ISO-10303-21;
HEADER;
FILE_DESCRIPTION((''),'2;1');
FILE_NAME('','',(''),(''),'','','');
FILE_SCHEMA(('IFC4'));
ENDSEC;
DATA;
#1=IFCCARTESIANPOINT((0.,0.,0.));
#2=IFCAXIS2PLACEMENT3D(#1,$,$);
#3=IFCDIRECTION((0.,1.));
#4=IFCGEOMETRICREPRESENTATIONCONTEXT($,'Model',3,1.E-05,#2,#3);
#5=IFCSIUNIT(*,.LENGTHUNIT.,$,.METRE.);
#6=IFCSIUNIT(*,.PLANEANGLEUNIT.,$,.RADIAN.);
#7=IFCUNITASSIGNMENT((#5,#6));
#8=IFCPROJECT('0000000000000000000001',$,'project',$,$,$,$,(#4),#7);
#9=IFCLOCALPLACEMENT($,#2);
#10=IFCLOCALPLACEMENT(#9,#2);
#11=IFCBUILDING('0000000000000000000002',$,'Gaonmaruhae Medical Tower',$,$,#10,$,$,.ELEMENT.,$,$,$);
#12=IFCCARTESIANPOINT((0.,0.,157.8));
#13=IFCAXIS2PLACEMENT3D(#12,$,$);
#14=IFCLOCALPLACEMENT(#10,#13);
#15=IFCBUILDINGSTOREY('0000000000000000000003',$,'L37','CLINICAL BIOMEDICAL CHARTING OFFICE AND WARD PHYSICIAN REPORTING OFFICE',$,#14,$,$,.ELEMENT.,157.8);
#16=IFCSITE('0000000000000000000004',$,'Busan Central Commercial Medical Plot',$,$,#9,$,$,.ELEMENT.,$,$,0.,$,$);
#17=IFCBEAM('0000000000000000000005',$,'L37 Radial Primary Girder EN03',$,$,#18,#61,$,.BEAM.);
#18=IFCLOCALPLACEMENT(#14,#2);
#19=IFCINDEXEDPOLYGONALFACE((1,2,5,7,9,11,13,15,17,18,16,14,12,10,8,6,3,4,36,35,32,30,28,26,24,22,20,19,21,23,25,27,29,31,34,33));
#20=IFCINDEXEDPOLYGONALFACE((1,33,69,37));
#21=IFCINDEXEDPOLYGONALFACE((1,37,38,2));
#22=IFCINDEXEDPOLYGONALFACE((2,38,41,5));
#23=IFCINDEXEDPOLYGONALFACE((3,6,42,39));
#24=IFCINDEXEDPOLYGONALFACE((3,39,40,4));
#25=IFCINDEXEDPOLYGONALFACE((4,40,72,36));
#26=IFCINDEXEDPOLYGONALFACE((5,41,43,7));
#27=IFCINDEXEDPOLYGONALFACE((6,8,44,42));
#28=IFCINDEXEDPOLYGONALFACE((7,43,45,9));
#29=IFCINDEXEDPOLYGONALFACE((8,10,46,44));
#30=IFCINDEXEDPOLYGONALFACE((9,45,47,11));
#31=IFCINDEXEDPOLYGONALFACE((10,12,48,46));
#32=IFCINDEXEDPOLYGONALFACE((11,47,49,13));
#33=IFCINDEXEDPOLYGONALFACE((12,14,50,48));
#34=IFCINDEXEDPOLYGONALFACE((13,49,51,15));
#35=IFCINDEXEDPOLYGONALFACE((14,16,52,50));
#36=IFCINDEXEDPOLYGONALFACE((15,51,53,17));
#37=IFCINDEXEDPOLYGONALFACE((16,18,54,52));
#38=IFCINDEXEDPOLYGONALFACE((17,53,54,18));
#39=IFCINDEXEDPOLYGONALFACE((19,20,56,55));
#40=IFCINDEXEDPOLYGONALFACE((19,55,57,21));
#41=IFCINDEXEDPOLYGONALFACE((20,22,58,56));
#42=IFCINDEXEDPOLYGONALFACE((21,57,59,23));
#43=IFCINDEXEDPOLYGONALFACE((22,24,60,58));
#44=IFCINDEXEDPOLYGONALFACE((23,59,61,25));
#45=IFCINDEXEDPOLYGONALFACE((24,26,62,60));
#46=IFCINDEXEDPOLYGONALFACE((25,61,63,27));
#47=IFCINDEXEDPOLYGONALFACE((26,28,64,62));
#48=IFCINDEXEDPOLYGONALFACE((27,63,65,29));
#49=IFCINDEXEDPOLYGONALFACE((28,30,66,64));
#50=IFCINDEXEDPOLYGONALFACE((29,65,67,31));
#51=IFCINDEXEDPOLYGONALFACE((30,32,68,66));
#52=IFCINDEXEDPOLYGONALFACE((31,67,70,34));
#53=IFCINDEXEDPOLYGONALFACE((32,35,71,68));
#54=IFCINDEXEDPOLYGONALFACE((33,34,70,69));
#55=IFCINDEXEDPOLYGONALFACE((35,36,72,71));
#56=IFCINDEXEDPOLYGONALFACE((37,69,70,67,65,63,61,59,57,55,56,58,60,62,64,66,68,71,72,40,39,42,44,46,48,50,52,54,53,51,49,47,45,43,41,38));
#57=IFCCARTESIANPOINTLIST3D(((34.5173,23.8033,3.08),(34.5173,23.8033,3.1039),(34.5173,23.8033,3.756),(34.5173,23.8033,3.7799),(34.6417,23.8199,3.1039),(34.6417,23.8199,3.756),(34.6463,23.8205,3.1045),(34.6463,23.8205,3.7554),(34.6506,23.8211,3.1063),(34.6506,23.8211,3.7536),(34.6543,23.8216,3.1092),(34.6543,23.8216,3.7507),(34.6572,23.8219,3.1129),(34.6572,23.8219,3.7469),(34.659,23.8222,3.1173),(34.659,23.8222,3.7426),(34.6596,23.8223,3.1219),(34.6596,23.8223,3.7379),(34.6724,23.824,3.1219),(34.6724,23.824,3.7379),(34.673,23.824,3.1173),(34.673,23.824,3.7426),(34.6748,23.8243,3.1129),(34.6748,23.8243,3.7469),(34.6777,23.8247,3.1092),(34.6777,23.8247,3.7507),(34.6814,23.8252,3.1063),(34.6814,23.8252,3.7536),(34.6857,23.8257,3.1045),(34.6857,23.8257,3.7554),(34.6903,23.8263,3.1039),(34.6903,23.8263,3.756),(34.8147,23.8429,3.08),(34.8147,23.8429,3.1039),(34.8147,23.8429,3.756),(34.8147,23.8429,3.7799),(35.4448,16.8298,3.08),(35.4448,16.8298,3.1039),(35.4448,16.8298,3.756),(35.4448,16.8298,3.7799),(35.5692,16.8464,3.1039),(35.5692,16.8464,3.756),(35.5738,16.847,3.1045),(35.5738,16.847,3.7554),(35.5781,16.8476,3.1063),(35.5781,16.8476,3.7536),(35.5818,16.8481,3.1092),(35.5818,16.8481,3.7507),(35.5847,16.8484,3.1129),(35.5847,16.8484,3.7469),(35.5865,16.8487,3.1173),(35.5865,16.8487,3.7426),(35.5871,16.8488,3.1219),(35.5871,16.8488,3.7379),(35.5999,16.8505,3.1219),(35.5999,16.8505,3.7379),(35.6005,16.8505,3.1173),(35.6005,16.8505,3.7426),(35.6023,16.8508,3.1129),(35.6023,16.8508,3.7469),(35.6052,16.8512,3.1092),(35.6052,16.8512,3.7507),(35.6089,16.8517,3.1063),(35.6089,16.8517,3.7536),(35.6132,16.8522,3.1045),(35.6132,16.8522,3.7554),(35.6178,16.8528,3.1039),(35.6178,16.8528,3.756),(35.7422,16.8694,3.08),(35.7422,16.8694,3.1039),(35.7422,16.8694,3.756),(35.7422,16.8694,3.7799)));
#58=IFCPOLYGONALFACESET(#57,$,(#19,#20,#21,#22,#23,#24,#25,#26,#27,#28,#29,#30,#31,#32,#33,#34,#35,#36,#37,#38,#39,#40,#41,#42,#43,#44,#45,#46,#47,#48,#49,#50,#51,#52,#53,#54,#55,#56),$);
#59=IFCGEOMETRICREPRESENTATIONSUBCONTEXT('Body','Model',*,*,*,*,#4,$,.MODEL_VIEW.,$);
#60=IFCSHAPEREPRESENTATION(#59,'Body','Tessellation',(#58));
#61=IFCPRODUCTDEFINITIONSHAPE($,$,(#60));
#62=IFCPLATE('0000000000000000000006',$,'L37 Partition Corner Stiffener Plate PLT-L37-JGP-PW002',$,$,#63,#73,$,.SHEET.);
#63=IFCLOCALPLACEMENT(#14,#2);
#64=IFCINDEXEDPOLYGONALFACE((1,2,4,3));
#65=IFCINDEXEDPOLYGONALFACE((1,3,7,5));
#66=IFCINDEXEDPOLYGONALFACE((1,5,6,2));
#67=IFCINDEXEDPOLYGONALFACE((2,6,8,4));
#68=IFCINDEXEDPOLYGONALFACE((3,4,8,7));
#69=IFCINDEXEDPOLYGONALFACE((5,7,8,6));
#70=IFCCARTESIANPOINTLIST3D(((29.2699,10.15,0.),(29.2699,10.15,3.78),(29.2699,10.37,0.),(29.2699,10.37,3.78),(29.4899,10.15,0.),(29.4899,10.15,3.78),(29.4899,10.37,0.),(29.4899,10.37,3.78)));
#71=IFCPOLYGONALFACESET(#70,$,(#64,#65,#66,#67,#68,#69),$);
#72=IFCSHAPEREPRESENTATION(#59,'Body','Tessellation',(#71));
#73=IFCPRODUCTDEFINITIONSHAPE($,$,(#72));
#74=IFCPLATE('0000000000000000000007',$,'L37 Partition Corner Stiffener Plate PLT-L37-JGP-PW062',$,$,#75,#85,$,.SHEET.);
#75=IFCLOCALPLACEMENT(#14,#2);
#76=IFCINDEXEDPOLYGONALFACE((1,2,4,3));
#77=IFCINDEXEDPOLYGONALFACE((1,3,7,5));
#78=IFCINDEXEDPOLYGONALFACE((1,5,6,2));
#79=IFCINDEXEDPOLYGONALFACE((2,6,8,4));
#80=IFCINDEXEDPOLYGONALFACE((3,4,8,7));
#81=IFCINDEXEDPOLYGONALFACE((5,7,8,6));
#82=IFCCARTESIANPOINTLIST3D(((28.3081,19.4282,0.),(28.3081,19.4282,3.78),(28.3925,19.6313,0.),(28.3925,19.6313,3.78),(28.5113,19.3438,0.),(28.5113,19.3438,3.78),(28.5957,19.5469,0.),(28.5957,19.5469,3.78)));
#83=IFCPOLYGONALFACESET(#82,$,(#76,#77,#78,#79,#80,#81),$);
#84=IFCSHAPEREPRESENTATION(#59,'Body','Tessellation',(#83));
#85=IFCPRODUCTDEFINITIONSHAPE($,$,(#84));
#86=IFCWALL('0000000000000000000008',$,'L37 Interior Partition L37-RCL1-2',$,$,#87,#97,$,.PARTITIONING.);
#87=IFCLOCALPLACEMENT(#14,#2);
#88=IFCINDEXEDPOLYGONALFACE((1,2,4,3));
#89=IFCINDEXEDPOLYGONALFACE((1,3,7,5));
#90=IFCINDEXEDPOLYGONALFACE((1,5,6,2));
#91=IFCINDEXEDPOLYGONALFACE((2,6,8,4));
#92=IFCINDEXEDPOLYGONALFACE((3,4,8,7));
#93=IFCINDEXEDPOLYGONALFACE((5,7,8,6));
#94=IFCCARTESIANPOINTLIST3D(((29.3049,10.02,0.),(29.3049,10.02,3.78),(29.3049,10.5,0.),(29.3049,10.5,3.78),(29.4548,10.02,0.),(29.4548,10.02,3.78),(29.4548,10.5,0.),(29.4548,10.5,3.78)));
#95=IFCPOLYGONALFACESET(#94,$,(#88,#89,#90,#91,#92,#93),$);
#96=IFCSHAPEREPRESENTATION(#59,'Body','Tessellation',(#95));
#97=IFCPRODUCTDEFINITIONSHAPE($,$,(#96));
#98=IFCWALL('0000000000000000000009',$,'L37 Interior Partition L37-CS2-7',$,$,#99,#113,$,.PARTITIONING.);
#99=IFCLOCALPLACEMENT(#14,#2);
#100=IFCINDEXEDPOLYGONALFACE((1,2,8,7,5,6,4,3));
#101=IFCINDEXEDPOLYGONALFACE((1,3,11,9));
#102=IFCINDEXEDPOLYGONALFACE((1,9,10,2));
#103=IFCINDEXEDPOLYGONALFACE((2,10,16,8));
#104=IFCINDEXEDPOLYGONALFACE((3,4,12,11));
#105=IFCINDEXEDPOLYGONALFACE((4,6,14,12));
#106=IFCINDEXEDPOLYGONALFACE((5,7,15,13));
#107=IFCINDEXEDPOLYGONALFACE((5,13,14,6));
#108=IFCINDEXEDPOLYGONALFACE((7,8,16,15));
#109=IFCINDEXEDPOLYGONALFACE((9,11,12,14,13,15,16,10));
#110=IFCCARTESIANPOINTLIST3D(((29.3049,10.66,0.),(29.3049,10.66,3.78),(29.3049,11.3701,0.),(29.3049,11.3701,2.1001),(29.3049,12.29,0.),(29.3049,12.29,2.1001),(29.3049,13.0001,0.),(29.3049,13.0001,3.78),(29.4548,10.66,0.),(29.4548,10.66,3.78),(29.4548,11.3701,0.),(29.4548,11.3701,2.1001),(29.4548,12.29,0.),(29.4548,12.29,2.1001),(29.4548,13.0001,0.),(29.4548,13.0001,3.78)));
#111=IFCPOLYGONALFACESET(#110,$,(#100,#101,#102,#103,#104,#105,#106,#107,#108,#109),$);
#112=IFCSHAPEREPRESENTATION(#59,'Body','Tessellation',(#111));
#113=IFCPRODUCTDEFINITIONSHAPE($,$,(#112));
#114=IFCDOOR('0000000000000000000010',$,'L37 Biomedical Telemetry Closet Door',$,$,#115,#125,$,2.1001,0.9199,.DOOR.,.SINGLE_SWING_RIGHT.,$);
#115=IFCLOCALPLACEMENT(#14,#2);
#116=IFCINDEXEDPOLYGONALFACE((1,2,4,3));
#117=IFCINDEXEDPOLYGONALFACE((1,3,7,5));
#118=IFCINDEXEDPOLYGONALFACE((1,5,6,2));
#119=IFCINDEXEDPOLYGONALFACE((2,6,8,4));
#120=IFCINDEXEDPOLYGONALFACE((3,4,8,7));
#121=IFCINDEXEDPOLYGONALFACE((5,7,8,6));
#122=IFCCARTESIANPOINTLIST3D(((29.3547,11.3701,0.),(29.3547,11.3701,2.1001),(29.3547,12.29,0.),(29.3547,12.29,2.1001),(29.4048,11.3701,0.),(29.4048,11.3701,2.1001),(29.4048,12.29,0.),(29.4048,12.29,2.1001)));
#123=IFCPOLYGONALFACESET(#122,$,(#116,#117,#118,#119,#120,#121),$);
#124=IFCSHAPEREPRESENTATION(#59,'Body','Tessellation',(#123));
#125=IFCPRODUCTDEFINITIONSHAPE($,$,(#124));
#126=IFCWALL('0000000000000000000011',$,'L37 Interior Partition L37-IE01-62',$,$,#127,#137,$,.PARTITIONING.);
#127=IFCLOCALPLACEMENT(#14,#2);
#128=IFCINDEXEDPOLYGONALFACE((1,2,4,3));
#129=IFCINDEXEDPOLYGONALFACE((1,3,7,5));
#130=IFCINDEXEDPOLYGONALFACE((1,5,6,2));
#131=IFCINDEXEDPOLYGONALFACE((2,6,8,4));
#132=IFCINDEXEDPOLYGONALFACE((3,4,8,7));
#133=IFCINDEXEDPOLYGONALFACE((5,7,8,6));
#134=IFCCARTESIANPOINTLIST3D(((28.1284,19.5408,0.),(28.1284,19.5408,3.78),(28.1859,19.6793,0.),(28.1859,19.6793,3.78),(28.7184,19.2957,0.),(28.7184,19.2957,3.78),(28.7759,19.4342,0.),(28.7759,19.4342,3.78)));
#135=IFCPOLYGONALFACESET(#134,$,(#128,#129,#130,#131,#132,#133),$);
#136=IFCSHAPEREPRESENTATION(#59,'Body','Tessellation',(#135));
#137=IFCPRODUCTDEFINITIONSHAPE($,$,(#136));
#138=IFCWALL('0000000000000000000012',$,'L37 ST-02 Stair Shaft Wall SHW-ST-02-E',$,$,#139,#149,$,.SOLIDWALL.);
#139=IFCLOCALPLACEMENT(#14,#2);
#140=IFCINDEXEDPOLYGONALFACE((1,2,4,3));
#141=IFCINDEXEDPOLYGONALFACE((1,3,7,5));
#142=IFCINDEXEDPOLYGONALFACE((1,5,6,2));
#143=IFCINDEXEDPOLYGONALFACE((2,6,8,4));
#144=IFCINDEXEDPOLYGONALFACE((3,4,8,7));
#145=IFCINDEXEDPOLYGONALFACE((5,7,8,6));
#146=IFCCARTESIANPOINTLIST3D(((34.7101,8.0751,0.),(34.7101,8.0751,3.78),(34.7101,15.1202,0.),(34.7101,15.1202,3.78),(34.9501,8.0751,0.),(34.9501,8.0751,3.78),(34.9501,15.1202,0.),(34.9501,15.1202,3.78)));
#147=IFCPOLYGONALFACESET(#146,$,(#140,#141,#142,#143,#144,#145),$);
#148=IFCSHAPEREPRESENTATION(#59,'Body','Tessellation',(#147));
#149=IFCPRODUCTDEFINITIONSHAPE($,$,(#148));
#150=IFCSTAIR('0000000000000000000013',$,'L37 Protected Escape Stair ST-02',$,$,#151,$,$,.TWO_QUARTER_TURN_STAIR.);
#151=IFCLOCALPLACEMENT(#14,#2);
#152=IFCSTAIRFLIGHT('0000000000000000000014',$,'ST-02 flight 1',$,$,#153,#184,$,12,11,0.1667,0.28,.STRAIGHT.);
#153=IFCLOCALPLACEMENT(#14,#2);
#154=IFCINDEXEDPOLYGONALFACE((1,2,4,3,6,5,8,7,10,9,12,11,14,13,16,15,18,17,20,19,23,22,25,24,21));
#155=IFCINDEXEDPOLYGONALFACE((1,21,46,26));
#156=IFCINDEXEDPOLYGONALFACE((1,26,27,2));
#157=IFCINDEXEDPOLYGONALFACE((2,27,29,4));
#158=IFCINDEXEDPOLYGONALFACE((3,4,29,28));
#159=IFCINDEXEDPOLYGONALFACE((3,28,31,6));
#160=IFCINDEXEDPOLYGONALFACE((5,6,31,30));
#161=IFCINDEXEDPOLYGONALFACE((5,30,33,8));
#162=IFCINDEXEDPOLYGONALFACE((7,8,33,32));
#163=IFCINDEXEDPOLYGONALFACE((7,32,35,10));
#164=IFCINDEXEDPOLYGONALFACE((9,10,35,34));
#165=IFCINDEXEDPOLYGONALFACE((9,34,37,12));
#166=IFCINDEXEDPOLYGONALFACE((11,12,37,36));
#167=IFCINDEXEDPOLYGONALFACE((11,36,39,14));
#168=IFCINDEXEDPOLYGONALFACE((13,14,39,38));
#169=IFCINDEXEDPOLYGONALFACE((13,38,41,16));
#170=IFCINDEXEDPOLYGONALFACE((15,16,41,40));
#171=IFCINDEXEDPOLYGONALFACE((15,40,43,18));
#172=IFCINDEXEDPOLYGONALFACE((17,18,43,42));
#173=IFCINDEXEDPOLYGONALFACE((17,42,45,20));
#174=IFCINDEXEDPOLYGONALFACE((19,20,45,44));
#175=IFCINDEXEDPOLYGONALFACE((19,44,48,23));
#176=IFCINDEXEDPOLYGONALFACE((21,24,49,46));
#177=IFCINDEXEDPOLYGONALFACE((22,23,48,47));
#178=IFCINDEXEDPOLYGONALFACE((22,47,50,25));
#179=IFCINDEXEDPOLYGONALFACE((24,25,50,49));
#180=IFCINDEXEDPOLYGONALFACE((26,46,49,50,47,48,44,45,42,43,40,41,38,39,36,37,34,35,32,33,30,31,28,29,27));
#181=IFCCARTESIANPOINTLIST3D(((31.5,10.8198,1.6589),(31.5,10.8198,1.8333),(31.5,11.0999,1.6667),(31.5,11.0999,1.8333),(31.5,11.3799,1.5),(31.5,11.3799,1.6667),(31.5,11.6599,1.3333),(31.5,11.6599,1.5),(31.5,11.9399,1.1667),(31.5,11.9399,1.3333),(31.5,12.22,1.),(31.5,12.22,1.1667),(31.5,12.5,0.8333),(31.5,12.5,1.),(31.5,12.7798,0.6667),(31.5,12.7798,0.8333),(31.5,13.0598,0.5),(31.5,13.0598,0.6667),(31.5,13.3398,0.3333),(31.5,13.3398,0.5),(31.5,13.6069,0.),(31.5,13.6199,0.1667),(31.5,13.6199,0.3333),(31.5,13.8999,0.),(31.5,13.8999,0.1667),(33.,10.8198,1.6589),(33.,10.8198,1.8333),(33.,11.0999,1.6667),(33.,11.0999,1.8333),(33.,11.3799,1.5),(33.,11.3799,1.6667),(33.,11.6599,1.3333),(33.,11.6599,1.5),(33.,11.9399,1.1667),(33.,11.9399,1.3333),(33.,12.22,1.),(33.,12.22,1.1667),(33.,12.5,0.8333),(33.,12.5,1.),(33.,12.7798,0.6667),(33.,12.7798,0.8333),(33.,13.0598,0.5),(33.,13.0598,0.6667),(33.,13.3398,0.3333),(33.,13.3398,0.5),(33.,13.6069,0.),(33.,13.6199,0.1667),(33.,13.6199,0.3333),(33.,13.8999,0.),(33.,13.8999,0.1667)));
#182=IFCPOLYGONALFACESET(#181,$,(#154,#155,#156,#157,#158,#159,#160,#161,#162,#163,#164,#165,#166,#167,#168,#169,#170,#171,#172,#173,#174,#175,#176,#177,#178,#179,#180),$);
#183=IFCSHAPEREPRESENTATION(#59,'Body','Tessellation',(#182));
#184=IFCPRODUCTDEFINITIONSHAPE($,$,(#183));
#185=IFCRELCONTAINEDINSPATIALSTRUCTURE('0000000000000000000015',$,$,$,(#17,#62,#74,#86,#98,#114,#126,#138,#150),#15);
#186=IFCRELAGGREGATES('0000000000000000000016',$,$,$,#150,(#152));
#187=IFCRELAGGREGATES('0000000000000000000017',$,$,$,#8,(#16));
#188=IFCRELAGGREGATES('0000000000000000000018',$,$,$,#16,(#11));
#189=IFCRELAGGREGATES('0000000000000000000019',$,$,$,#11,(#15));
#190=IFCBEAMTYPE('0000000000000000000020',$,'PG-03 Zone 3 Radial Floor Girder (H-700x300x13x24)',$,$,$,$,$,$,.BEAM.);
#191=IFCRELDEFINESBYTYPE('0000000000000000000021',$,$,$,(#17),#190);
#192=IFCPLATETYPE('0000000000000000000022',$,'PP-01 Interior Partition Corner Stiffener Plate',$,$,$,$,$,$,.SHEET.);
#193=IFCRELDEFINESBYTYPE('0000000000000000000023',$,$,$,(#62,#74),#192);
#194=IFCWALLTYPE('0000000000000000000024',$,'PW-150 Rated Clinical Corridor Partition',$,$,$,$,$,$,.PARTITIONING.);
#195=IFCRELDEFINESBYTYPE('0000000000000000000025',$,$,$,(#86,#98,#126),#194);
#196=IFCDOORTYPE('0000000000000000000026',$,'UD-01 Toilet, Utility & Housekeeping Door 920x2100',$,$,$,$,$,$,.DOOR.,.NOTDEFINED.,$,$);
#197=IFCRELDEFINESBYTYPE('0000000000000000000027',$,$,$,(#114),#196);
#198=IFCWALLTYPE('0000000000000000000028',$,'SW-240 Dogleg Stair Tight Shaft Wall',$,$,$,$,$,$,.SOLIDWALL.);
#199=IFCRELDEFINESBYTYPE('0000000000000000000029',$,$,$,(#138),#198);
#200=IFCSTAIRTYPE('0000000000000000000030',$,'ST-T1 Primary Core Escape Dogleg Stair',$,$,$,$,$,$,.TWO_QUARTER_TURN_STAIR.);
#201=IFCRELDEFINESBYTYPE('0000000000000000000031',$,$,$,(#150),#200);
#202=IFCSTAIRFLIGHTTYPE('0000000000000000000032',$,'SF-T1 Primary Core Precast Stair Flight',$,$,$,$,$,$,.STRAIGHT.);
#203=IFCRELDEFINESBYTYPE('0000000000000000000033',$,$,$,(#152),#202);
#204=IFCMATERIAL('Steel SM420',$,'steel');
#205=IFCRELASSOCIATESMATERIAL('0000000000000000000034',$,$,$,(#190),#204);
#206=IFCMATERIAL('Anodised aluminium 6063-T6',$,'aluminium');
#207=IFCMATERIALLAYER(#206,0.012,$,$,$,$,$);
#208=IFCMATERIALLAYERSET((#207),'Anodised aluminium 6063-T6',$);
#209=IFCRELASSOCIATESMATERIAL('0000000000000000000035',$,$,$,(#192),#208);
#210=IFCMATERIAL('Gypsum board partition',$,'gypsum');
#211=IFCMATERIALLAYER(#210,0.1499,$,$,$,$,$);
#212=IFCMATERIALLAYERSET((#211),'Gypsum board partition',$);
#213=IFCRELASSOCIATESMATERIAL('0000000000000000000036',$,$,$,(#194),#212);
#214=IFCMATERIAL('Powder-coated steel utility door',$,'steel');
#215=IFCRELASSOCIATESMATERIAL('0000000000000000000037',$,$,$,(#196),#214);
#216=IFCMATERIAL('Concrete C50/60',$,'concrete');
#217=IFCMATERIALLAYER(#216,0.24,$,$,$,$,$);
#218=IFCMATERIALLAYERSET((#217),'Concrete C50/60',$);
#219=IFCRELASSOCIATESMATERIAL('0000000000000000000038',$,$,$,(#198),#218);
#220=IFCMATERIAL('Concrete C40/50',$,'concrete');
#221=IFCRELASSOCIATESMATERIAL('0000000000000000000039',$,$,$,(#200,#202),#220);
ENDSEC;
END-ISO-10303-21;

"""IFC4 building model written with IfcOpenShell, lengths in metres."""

from ifc_helpers import new_model, si_unit, direction, frame, frame_2d, origin, origin_2d, place, context, subcontext, project, spatial, polyline, rectangle, i_section, outline, extrude, material, layer, layer_set, material_profile, profile_set, type_object, element, fill, aggregate, save


model = new_model("IFC4")

# Units and contexts
model_context = context("Model", 3, precision=1e-05, world=origin(), true_north=direction((0.0, 1.0)))
body_context = subcontext(model_context, "Body", "Model", "MODEL_VIEW")
ifc_project = project(units=[si_unit("LENGTHUNIT", "METRE"), si_unit("PLANEANGLEUNIT", "RADIAN")], contexts=[model_context])

# Site, building, storey
site_placement = place(None, origin())
site = spatial("IfcSite", under=ifc_project, at=site_placement, Name="Busan Central Commercial Medical Plot", CompositionType="ELEMENT", RefElevation=0.0)
building_placement = place(site_placement, origin())
building = spatial("IfcBuilding", under=site, at=building_placement, Name="Gaonmaruhae Medical Tower", CompositionType="ELEMENT")
storey_placement = place(building_placement, frame((0.0, 0.0, 157.8)))
storey = spatial("IfcBuildingStorey", under=building, at=storey_placement, Name="L37", Description="CLINICAL BIOMEDICAL CHARTING OFFICE AND WARD PHYSICIAN REPORTING OFFICE", CompositionType="ELEMENT", Elevation=157.8)

# Shared definitions
ifc_material_1 = material(Name="Concrete C50/60", Category="concrete")

# Beam
ifc_material_2 = material(Name="Steel SM420", Category="steel")
ifc_material_profile_1 = material_profile(ifc_material_2, i_section(OverallWidth=0.3, OverallDepth=0.7, WebThickness=0.0129, FlangeThickness=0.0239, FilletRadius=0.0181, at=origin_2d()), Name="H-700x300x13x24")
ifc_profile_set_1 = profile_set([ifc_material_profile_1], Name="Steel SM420")
beam_type = type_object("IfcBeamType", Name="PG-03 Zone 3 Radial Floor Girder (H-700x300x13x24)", PredefinedType="BEAM", material=ifc_profile_set_1)
beam_1_placement = place(storey_placement, frame((35.5935, 16.8496, 3.4299), z_axis=(-0.131843, 0.991271, 0.0), x_axis=(-0.991271, -0.131843, 0.0)))
element("IfcBeam", 1, at=beam_1_placement, inside=storey, type_object=beam_type, Name="L37 Radial Primary Girder EN03", PredefinedType="BEAM", context=body_context, shape_type="SweptSolid", body=[
    extrude(i_section(OverallWidth=0.3, OverallDepth=0.7, WebThickness=0.0129, FlangeThickness=0.0239, FilletRadius=0.0181, at=origin_2d()), origin(), (0.0, 0.0, 1.0), 7.0349),
])

# Plates
ifc_material_3 = material(Name="Anodised aluminium 6063-T6", Category="aluminium")
ifc_layer_1 = layer(ifc_material_3, 0.012)
ifc_layer_set_1 = layer_set([ifc_layer_1], Name="Anodised aluminium 6063-T6")
plate_type = type_object("IfcPlateType", Name="PP-01 Interior Partition Corner Stiffener Plate", PredefinedType="SHEET", material=ifc_layer_set_1)
for number, where, z_axis, x_axis, name in (
    (2, (29.3799, 10.26, 0.0), (0.0, 0.0, 1.0), (0.0, -1.0, 0.0), "L37 Partition Corner Stiffener Plate PLT-L37-JGP-PW002"),
    (3, (28.4519, 19.4875, 0.0), (0.0, 0.0, 1.0), (-0.923539, 0.383506, 0.0), "L37 Partition Corner Stiffener Plate PLT-L37-JGP-PW062"),
):
    element("IfcPlate", number, at=place(storey_placement, frame(where, z_axis=z_axis, x_axis=x_axis)), inside=storey, type_object=plate_type, Name=name, PredefinedType="SHEET", context=body_context, shape_type="SweptSolid", body=[
        extrude(rectangle(XDim=0.22, YDim=0.22, at=origin_2d()), origin(), (0.0, 0.0, 1.0), 3.78),
    ])

# Wall
ifc_material_4 = material(Name="Gypsum board partition", Category="gypsum")
ifc_layer_2 = layer(ifc_material_4, 0.1499)
ifc_layer_set_2 = layer_set([ifc_layer_2], Name="Gypsum board partition")
wall_type_1 = type_object("IfcWallType", Name="PW-150 Rated Clinical Corridor Partition", PredefinedType="PARTITIONING", material=ifc_layer_set_2)
wall_1_placement = place(storey_placement, frame((29.3799, 10.5, 0.0), z_axis=(0.0, 0.0, 1.0), x_axis=(0.0, -1.0, 0.0)))
element("IfcWall", 4, at=wall_1_placement, inside=storey, type_object=wall_type_1, Name="L37 Interior Partition L37-RCL1-2", PredefinedType="PARTITIONING", context=body_context, shape_type="SweptSolid", body=[
    extrude(rectangle(XDim=0.48, YDim=0.1499, at=frame_2d((0.24, 0.0))), origin(), (0.0, 0.0, 1.0), 3.78),
])

# Wall, opening, door
wall_2_placement = place(storey_placement, frame((29.3799, 13.0, 0.0), z_axis=(0.0, 0.0, 1.0), x_axis=(0.0, -1.0, 0.0)))
wall_2 = element("IfcWall", 5, at=wall_2_placement, inside=storey, type_object=wall_type_1, Name="L37 Interior Partition L37-CS2-7", PredefinedType="PARTITIONING", context=body_context, shape_type="SweptSolid", body=[
    extrude(rectangle(XDim=2.3401, YDim=0.1499, at=frame_2d((1.1699, 0.0))), origin(), (0.0, 0.0, 1.0), 3.78),
])
opening_1_placement = place(wall_2_placement, frame((0.71, 0.0, 0.0)))
opening_1 = element("IfcOpeningElement", 6, at=opening_1_placement, cuts=wall_2, PredefinedType="OPENING", context=body_context, shape_type="SweptSolid", body=[
    extrude(rectangle(XDim=0.9199, YDim=2.1001, at=frame_2d((0.46, 1.05))), frame((0.0, 0.085, 0.0), z_axis=(0.0, -1.0, 0.0), x_axis=(1.0, 0.0, 0.0)), (0.0, 0.0, 1.0), 0.1699),
])
ifc_material_5 = material(Name="Powder-coated steel utility door", Category="steel")
door_type_1 = type_object("IfcDoorType", Name="UD-01 Toilet, Utility & Housekeeping Door 920x2100", OperationType="NOTDEFINED", PredefinedType="DOOR", material=ifc_material_5)
door_1_placement = place(opening_1_placement, origin())
door_1 = element("IfcDoor", 7, at=door_1_placement, inside=storey, type_object=door_type_1, Name="L37 Biomedical Telemetry Closet Door", OperationType="SINGLE_SWING_RIGHT", OverallHeight=2.1001, OverallWidth=0.9199, PredefinedType="DOOR", context=body_context, shape_type="SweptSolid", body=[
    extrude(rectangle(XDim=0.9199, YDim=2.1001, at=frame_2d((0.46, 1.05))), frame((0.0, 0.0249, 0.0), z_axis=(0.0, -1.0, 0.0), x_axis=(1.0, 0.0, 0.0)), (0.0, 0.0, 1.0), 0.05),
])
fill(opening_1, door_1)

# Wall
wall_3_placement = place(storey_placement, frame((28.7471, 19.365, 0.0), z_axis=(0.0, 0.0, 1.0), x_axis=(-0.923495, 0.383611, 0.0)))
element("IfcWall", 8, at=wall_3_placement, inside=storey, type_object=wall_type_1, Name="L37 Interior Partition L37-IE01-62", PredefinedType="PARTITIONING", context=body_context, shape_type="SweptSolid", body=[
    extrude(rectangle(XDim=0.6389, YDim=0.1499, at=frame_2d((0.3193, 0.0))), origin(), (0.0, 0.0, 1.0), 3.78),
])

# Shared definitions
ifc_layer_3 = layer(ifc_material_1, 0.24)
ifc_layer_set_3 = layer_set([ifc_layer_3], Name="Concrete C50/60")
wall_type_2 = type_object("IfcWallType", Name="SW-240 Dogleg Stair Tight Shaft Wall", PredefinedType="SOLIDWALL", material=ifc_layer_set_3)

# Wall
wall_4_placement = place(storey_placement, frame((34.8301, 15.1201, 0.0), z_axis=(0.0, 0.0, 1.0), x_axis=(0.0, -1.0, 0.0)))
element("IfcWall", 9, at=wall_4_placement, inside=storey, type_object=wall_type_2, Name="L37 ST-02 Stair Shaft Wall SHW-ST-02-E", PredefinedType="SOLIDWALL", context=body_context, shape_type="SweptSolid", body=[
    extrude(rectangle(XDim=7.0452, YDim=0.24, at=frame_2d((3.5225, 0.0))), origin(), (0.0, 0.0, 1.0), 3.78),
])

# Stair, stair flight
ifc_material_6 = material(Name="Concrete C40/50", Category="concrete")
stair_type = type_object("IfcStairType", Name="ST-T1 Primary Core Escape Dogleg Stair", PredefinedType="TWO_QUARTER_TURN_STAIR", material=ifc_material_6)
stair_placement = place(storey_placement, origin())
stair = element("IfcStair", 10, at=stair_placement, inside=storey, type_object=stair_type, Name="L37 Protected Escape Stair ST-02", PredefinedType="TWO_QUARTER_TURN_STAIR")
stair_flight_type = type_object("IfcStairFlightType", Name="SF-T1 Primary Core Precast Stair Flight", PredefinedType="STRAIGHT", material=ifc_material_6)
stair_flight_1_placement = place(storey_placement, frame((32.25, 13.8999, 0.0), z_axis=(0.0, 0.0, 1.0), x_axis=(0.0, -1.0, 0.0)))
stair_flight_1 = element("IfcStairFlight", 11, at=stair_flight_1_placement, type_object=stair_flight_type, Name="ST-02 flight 1", NumberOfRisers=12, NumberOfTreads=11, PredefinedType="STRAIGHT", RiserHeight=0.1667, TreadLength=0.28, context=body_context, shape_type="SweptSolid", body=[
    extrude(outline(polyline([(0.0, 0.0), (0.0, 0.1667), (0.28, 0.1667), (0.28, 0.3333), (0.5601, 0.3333), (0.5601, 0.5), (0.8401, 0.5), (0.8401, 0.6667), (1.1201, 0.6667), (1.1201, 0.8333), (1.3999, 0.8333), (1.3999, 1.0), (1.6799, 1.0), (1.6799, 1.1667), (1.96, 1.1667), (1.96, 1.3333), (2.24, 1.3333), (2.24, 1.5), (2.52, 1.5), (2.52, 1.6667), (2.8, 1.6667), (2.8, 1.8333), (3.0801, 1.8333), (3.0801, 2.0), (3.0801, 1.6589), (0.293, 0.0), (0.0, 0.0)])), frame((0.0, 0.75, 0.0), z_axis=(0.0, -1.0, 0.0), x_axis=(1.0, 0.0, 0.0)), (0.0, 0.0, 1.0), 1.5),
])
aggregate(stair, [stair_flight_1])

save(model, "model.ifc")
